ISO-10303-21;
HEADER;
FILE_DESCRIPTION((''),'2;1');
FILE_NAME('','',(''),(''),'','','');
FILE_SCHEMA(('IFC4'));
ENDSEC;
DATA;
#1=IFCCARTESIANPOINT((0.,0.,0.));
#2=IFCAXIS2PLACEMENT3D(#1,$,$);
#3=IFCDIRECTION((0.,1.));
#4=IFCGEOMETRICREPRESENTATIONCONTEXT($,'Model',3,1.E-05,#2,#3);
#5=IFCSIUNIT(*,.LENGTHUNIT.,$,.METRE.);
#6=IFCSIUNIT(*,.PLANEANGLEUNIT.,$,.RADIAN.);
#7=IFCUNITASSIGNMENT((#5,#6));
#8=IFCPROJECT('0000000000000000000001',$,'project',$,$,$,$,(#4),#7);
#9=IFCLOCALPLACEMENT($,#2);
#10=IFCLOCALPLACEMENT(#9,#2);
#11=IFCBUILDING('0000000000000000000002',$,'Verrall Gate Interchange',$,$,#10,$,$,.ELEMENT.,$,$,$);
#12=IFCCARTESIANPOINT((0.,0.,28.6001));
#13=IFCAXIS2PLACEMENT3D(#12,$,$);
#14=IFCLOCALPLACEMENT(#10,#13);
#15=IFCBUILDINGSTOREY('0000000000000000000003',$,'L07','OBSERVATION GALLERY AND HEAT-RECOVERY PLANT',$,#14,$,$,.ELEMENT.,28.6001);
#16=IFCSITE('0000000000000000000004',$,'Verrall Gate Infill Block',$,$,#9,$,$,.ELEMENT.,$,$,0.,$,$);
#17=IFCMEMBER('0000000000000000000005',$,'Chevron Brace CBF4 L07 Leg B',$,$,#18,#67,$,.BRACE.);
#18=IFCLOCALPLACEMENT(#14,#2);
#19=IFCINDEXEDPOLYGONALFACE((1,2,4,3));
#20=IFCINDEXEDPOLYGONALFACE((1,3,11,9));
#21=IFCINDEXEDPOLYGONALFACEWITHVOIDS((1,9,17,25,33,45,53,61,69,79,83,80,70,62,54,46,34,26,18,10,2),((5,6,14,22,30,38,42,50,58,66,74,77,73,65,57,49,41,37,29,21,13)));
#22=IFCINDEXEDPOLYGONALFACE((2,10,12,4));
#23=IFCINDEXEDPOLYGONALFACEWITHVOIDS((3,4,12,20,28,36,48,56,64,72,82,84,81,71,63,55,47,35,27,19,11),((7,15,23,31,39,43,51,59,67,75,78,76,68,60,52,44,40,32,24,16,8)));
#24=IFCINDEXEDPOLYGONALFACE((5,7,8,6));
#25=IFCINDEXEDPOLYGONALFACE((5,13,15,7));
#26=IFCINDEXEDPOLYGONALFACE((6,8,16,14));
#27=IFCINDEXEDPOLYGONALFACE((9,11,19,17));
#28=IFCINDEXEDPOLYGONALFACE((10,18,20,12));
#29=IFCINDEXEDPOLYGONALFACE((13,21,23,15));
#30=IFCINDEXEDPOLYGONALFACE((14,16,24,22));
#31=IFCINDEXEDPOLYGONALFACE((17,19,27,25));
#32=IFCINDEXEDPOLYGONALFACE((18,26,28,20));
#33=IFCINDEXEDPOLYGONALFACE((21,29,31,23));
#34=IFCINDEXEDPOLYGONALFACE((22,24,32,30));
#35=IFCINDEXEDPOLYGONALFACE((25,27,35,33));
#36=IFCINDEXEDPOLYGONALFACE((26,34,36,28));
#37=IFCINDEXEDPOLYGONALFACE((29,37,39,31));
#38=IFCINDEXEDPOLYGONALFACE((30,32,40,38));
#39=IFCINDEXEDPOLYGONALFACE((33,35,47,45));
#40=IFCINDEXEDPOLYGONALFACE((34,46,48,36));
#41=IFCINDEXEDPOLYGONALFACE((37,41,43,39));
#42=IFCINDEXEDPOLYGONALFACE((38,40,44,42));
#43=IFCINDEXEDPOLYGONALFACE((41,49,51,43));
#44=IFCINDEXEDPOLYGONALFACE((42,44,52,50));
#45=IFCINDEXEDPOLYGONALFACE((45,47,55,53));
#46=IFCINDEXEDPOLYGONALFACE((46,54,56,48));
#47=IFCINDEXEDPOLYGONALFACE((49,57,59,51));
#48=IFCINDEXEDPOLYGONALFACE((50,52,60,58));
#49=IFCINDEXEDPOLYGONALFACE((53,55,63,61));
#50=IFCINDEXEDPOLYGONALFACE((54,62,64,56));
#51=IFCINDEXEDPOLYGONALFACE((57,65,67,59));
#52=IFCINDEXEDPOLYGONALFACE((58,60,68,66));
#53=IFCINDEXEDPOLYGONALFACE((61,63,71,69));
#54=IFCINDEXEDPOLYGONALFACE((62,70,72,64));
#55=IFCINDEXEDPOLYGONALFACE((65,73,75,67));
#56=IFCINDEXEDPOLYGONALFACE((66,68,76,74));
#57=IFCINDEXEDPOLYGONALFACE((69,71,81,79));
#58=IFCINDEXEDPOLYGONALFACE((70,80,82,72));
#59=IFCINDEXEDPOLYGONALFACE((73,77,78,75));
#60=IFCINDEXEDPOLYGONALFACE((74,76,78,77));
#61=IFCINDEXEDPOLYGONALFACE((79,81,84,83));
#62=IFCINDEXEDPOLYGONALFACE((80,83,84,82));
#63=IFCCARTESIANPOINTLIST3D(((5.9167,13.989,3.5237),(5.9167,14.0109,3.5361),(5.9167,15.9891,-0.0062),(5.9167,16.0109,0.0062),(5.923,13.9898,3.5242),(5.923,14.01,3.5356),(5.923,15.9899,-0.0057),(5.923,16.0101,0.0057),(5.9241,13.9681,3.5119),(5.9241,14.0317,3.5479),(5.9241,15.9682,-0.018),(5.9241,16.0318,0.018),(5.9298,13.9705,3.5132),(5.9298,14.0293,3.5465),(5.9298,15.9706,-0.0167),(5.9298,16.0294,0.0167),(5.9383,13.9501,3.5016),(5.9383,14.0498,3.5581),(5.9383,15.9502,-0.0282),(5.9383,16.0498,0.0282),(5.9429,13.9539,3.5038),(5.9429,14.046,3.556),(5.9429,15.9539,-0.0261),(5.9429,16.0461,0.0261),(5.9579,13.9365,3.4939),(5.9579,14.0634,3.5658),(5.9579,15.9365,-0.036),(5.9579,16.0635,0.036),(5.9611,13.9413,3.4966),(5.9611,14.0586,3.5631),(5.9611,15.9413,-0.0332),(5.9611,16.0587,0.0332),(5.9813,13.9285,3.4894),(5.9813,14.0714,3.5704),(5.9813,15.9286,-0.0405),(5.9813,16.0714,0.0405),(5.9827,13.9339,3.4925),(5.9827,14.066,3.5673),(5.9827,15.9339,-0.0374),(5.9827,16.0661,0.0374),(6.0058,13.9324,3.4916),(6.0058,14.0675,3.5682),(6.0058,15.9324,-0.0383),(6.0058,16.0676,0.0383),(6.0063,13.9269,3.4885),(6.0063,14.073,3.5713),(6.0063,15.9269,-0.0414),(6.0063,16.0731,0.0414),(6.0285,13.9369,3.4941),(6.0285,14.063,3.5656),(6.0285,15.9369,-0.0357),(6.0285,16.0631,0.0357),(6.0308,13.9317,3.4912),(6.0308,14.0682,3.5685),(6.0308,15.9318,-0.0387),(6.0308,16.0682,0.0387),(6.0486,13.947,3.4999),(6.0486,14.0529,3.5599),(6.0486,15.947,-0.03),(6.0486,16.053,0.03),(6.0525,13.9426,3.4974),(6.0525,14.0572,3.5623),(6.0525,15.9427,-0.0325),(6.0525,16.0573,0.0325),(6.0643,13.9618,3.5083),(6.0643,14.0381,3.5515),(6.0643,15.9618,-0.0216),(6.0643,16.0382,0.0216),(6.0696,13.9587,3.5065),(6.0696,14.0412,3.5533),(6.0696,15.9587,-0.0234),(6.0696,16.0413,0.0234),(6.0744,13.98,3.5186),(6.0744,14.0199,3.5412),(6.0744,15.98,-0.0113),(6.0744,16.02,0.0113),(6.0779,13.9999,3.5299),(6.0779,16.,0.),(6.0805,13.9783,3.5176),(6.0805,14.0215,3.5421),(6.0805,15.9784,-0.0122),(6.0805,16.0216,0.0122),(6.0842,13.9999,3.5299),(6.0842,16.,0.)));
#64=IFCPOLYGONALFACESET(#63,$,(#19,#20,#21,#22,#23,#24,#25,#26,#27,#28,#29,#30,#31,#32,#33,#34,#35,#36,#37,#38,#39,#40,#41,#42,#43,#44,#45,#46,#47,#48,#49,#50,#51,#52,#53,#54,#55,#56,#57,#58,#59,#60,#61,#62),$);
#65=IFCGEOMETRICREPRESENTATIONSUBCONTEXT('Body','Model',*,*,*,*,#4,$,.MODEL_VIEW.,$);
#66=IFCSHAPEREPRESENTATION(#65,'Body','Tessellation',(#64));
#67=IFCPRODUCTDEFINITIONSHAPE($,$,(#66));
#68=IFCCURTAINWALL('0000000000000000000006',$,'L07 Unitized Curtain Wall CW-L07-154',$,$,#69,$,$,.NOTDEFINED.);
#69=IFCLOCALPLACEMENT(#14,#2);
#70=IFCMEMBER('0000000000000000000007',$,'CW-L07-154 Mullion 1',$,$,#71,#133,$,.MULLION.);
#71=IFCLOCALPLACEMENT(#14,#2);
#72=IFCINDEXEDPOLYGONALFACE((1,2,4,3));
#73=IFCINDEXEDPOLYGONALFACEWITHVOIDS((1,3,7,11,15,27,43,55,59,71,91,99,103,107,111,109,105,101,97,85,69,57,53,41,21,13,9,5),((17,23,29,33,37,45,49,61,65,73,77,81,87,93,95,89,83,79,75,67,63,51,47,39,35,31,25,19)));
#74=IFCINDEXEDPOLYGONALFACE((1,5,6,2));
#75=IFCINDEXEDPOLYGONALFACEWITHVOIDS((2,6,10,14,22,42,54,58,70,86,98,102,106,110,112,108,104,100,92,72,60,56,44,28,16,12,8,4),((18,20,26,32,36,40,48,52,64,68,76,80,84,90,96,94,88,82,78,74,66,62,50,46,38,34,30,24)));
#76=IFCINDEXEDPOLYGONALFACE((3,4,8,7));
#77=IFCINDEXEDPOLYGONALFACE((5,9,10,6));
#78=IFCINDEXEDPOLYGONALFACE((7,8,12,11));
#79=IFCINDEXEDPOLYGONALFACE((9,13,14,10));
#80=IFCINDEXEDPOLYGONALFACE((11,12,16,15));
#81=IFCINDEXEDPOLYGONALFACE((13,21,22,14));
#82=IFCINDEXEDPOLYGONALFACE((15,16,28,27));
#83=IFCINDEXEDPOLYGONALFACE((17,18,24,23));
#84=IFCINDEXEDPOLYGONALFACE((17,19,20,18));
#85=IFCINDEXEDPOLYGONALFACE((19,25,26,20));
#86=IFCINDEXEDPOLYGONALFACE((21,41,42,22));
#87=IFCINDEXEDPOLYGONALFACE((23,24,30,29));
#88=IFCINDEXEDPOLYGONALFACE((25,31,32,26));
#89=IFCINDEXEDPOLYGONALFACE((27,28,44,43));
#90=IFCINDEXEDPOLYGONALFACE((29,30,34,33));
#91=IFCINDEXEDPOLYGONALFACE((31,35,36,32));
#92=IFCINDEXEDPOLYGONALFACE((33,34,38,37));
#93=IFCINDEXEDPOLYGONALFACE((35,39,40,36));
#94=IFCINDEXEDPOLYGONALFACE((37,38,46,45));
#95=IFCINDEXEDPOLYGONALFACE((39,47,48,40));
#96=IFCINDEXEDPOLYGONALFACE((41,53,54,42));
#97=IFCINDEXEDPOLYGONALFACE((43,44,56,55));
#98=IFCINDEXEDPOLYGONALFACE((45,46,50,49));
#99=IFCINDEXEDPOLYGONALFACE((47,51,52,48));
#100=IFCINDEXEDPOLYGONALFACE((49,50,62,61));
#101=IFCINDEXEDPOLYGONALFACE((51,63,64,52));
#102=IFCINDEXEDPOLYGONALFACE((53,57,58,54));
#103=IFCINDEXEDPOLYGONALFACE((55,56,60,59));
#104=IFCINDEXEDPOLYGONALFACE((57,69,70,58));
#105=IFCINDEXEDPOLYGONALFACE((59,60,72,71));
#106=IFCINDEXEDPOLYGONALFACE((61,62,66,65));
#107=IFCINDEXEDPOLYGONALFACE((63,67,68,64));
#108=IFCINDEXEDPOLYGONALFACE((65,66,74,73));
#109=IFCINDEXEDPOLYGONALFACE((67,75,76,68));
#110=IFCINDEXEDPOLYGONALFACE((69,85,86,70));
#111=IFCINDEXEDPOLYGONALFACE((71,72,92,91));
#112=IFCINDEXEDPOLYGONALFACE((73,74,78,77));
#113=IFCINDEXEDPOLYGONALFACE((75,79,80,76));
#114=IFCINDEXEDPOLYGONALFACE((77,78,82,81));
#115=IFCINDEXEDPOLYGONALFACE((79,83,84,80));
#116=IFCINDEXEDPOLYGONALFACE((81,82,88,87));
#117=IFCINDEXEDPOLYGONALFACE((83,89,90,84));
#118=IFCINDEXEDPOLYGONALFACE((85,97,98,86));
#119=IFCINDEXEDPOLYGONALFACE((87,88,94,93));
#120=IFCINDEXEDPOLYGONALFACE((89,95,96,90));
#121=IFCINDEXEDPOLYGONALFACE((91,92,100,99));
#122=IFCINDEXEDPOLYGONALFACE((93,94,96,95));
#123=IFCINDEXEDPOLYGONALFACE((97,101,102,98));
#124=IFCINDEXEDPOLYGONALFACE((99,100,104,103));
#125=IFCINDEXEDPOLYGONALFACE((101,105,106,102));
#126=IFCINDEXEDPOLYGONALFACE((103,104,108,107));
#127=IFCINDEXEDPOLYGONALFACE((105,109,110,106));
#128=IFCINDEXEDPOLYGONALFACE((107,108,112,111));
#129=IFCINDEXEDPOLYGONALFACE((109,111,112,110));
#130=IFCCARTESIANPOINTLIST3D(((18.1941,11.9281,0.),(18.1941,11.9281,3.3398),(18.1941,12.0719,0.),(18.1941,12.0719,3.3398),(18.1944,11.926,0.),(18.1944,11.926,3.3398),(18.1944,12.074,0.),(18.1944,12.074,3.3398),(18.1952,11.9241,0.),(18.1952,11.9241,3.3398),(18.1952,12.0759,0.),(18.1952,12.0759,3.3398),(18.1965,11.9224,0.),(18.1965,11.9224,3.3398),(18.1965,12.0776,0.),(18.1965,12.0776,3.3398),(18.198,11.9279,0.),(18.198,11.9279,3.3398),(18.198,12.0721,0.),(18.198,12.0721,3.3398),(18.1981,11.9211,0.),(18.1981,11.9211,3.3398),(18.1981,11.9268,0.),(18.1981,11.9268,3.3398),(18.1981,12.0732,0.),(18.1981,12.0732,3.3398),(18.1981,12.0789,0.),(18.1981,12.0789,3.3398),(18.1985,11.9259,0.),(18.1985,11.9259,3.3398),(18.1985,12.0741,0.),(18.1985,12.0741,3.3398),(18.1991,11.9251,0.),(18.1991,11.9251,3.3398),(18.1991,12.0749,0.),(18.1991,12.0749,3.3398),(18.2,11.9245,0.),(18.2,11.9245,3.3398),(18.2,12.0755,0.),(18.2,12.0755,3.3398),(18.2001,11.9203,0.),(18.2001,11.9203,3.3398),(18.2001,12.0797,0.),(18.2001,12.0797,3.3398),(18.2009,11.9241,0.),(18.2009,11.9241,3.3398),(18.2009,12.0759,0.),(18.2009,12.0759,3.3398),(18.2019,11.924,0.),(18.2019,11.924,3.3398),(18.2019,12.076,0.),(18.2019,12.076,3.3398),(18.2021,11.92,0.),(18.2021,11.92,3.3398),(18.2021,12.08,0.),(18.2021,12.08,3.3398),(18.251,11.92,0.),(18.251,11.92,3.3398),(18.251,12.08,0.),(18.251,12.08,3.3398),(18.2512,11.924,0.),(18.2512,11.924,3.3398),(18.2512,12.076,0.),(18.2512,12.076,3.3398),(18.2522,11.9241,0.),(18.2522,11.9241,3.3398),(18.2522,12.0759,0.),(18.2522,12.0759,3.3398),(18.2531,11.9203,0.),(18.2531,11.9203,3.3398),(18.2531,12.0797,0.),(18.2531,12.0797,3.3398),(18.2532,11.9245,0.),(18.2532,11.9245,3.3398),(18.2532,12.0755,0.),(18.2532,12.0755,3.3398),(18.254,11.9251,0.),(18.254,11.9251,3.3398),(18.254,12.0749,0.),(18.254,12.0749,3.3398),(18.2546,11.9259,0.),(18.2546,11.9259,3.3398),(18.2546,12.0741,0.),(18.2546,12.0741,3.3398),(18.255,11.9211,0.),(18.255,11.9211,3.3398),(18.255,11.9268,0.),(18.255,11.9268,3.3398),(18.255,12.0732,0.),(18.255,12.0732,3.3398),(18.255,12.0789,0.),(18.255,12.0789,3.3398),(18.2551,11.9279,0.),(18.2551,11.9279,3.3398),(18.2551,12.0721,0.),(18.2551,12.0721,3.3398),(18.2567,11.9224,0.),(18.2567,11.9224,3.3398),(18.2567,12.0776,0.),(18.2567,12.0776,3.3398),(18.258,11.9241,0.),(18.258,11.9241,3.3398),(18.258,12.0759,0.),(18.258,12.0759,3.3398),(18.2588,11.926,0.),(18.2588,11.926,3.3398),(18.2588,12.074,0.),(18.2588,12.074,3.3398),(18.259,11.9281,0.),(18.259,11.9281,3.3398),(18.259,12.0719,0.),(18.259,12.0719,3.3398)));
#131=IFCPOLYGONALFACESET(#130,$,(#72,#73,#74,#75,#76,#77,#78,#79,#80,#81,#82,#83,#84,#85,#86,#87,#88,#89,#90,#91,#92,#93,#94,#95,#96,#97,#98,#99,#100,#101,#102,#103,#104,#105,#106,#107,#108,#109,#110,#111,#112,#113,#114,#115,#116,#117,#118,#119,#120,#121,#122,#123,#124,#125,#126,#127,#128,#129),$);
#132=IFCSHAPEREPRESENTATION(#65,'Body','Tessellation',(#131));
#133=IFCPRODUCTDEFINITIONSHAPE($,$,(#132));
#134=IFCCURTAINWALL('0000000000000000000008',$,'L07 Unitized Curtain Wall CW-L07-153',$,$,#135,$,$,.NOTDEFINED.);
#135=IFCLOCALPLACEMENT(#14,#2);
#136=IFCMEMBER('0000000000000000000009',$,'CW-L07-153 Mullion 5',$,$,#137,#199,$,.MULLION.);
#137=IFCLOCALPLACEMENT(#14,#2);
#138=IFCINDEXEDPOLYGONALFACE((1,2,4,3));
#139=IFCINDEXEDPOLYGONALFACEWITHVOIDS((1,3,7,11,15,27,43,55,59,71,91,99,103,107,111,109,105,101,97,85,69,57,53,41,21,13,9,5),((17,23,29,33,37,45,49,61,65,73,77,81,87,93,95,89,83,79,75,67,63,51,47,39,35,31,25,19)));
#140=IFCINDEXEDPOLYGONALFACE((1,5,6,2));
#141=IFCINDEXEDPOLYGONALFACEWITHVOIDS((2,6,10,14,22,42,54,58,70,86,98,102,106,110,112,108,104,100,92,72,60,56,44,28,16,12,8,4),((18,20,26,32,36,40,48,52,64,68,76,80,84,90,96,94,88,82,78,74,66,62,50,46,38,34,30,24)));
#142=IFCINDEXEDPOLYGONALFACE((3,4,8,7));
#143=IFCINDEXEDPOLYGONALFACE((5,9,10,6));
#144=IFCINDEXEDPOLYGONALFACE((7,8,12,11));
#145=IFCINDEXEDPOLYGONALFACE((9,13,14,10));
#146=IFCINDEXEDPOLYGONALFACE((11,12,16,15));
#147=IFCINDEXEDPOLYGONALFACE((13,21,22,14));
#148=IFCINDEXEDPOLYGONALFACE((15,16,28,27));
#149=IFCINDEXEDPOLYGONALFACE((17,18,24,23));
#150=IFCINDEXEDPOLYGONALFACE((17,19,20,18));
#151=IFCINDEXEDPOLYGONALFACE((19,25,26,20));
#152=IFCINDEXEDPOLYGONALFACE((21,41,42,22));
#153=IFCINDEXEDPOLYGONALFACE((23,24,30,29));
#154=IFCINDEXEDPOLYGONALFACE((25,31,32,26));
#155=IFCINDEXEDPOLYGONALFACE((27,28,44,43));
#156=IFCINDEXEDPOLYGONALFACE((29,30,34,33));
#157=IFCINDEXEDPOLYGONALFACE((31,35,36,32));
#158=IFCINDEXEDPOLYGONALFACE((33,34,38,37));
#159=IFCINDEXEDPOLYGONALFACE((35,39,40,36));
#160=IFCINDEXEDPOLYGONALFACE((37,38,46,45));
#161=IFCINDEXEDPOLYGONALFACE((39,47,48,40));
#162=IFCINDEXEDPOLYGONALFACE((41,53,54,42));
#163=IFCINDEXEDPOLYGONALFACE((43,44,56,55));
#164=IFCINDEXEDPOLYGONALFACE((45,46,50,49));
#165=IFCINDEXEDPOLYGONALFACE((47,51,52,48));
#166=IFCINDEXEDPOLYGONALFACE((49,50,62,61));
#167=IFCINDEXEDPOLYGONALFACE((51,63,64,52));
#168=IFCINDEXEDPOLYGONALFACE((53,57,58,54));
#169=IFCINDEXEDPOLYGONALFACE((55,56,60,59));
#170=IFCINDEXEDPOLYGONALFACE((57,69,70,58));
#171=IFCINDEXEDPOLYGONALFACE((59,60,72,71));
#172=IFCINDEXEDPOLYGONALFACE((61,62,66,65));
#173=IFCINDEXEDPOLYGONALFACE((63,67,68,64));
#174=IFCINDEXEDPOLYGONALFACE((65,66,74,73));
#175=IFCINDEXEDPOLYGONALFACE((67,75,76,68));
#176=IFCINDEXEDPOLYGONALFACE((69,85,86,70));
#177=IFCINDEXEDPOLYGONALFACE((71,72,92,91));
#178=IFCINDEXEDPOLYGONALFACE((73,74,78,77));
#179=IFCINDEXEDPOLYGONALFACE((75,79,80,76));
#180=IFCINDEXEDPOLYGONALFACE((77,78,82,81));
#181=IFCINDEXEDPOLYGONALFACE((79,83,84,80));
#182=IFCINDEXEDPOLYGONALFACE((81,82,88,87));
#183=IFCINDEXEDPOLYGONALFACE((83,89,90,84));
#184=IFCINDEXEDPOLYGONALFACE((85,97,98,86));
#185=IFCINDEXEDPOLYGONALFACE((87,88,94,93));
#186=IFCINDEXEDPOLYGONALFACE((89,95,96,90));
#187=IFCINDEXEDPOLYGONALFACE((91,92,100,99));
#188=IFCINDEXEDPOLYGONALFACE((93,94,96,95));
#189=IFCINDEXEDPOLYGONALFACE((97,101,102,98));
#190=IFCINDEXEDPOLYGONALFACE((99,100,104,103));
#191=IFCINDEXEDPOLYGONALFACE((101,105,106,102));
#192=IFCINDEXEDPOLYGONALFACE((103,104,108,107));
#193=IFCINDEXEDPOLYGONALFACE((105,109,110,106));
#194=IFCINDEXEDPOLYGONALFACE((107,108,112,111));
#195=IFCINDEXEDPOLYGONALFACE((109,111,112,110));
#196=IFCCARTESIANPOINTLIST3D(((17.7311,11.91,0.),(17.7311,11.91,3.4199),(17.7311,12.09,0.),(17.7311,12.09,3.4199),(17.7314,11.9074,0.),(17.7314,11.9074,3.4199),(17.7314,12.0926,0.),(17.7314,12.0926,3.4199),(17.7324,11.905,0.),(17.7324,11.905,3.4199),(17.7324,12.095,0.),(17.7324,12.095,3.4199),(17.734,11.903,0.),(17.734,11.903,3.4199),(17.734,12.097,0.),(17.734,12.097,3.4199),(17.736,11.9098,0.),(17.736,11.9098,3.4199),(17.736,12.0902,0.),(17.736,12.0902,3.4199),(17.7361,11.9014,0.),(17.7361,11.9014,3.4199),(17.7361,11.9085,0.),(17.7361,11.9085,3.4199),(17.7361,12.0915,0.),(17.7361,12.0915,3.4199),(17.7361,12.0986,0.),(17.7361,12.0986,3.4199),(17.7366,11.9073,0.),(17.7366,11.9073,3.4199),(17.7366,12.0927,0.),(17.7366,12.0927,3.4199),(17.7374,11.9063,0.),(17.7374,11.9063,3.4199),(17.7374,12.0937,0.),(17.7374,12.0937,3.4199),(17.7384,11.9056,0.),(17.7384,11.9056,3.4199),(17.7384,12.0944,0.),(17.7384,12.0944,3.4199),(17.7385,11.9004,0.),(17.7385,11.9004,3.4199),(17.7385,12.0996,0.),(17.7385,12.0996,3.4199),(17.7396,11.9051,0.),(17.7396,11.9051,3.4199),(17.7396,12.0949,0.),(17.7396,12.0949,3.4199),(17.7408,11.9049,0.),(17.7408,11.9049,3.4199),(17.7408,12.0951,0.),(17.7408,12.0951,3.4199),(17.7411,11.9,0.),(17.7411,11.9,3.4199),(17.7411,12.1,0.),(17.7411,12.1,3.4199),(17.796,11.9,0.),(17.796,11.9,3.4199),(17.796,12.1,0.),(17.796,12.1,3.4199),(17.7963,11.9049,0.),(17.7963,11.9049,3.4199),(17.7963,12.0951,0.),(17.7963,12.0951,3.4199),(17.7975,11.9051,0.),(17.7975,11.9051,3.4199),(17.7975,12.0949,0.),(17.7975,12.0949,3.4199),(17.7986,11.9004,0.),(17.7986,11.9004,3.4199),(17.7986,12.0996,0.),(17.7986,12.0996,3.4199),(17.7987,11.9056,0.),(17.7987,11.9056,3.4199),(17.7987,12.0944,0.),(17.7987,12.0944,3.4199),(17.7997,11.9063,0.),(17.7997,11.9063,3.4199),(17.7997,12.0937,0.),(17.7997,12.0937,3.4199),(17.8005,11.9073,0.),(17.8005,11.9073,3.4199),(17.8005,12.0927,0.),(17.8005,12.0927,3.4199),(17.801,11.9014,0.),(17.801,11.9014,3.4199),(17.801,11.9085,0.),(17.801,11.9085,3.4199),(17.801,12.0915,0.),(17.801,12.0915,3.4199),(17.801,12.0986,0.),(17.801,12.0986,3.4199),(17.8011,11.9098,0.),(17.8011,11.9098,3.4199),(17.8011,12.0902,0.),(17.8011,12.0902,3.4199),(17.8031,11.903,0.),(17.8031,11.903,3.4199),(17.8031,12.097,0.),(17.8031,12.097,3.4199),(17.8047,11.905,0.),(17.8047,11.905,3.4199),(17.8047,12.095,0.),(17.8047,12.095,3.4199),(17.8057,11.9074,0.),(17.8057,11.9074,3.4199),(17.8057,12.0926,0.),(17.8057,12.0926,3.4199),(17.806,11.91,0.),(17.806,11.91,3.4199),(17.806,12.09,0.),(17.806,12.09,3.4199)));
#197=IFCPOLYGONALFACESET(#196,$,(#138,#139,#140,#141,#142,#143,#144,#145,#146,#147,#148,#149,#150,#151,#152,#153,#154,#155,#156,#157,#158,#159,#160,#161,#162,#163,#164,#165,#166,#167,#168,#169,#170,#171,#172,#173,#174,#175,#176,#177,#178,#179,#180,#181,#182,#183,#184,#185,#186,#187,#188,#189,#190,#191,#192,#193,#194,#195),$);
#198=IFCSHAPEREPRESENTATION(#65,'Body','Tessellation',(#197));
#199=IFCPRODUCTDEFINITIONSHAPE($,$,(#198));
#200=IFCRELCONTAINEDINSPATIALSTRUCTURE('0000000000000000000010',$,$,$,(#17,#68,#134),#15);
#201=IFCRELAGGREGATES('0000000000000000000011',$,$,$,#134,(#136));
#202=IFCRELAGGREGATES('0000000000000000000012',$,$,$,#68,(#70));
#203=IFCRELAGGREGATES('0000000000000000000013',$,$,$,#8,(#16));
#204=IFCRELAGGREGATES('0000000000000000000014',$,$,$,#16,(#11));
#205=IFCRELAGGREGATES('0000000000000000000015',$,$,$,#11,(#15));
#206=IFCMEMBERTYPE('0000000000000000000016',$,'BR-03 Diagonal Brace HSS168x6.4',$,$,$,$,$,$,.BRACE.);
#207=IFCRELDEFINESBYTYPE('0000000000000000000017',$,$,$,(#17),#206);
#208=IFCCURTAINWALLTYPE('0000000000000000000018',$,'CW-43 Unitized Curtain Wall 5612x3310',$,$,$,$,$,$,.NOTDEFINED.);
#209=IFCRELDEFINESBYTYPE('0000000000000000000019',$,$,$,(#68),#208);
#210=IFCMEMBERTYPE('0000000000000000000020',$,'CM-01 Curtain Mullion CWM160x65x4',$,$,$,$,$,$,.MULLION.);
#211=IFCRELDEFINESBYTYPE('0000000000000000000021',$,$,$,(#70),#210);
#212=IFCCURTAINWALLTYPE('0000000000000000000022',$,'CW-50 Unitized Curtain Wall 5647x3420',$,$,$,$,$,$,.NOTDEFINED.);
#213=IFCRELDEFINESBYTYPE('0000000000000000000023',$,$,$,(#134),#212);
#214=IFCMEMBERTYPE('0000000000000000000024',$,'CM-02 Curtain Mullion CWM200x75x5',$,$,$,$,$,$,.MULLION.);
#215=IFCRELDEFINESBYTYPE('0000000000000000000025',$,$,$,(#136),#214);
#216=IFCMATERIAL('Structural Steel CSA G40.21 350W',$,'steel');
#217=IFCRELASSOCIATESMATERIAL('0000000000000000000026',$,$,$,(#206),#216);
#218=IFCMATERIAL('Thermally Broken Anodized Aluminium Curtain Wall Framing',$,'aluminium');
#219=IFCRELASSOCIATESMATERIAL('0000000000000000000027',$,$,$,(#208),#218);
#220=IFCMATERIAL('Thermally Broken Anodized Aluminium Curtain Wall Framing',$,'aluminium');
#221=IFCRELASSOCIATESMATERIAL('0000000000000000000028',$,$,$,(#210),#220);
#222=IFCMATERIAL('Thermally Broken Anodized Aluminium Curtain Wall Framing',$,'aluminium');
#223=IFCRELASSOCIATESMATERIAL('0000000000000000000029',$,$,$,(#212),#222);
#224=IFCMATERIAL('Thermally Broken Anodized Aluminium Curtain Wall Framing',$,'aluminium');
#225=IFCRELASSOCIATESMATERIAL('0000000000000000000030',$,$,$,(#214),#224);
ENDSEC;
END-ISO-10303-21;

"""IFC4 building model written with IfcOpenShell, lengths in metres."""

from ifc_helpers import new_model, si_unit, direction, frame, origin, origin_2d, place, context, subcontext, project, spatial, hollow_rectangle, hollow_circle, extrude, material, material_profile, profile_set, type_object, element, aggregate, save


model = new_model("IFC4")

# Units and contexts
model_context = context("Model", 3, precision=1e-05, world=origin(), true_north=direction((0.0, 1.0)))
body_context = subcontext(model_context, "Body", "Model", "MODEL_VIEW")
ifc_project = project(units=[si_unit("LENGTHUNIT", "METRE"), si_unit("PLANEANGLEUNIT", "RADIAN")], contexts=[model_context])

# Site, building, storey
site_placement = place(None, origin())
site = spatial("IfcSite", under=ifc_project, at=site_placement, Name="Verrall Gate Infill Block", CompositionType="ELEMENT", RefElevation=0.0)
building_placement = place(site_placement, origin())
building = spatial("IfcBuilding", under=site, at=building_placement, Name="Verrall Gate Interchange", CompositionType="ELEMENT")
storey_placement = place(building_placement, frame((0.0, 0.0, 28.6001)))
storey = spatial("IfcBuildingStorey", under=building, at=storey_placement, Name="L07", Description="OBSERVATION GALLERY AND HEAT-RECOVERY PLANT", CompositionType="ELEMENT", Elevation=28.6001)

# Member
ifc_material_1 = material(Name="Structural Steel CSA G40.21 350W", Category="steel")
ifc_material_profile_1 = material_profile(ifc_material_1, hollow_circle(Radius=0.0842, WallThickness=0.0063, at=origin_2d()), Name="HSS168x6.4")
ifc_profile_set_1 = profile_set([ifc_material_profile_1], Name="Structural Steel CSA G40.21 350W")
member_type_1 = type_object("IfcMemberType", Name="BR-03 Diagonal Brace HSS168x6.4", PredefinedType="BRACE", material=ifc_profile_set_1)
member_1_placement = place(storey_placement, frame((6.0, 16.0, 0.0), z_axis=(0.0, -0.492973, 0.870045), x_axis=(1.0, 0.0, 0.0)))
element("IfcMember", 1, at=member_1_placement, inside=storey, type_object=member_type_1, Name="Chevron Brace CBF4 L07 Leg B", PredefinedType="BRACE", context=body_context, shape_type="SweptSolid", body=[
    extrude(hollow_circle(Radius=0.0842, WallThickness=0.0063, at=origin_2d()), origin(), (0.0, 0.0, 1.0), 4.0571),
])

# Curtain walls, members
ifc_material_2 = material(Name="Thermally Broken Anodized Aluminium Curtain Wall Framing", Category="aluminium")
curtain_wall_type_1 = type_object("IfcCurtainWallType", Name="CW-43 Unitized Curtain Wall 5612x3310", PredefinedType="NOTDEFINED", material=ifc_material_2)
curtain_wall_1_placement = place(storey_placement, origin())
curtain_wall_1 = element("IfcCurtainWall", 2, at=curtain_wall_1_placement, inside=storey, type_object=curtain_wall_type_1, Name="L07 Unitized Curtain Wall CW-L07-154", PredefinedType="NOTDEFINED")
ifc_material_3 = material(Name="Thermally Broken Anodized Aluminium Curtain Wall Framing", Category="aluminium")
ifc_material_profile_2 = material_profile(ifc_material_3, hollow_rectangle(XDim=0.0649, YDim=0.1599, WallThickness=0.0039, InnerFilletRadius=0.0039, OuterFilletRadius=0.0081, at=origin_2d()), Name="CWM160x65x4")
ifc_profile_set_2 = profile_set([ifc_material_profile_2], Name="Thermally Broken Anodized Aluminium Curtain Wall Framing")
member_type_2 = type_object("IfcMemberType", Name="CM-01 Curtain Mullion CWM160x65x4", PredefinedType="MULLION", material=ifc_profile_set_2)
member_2_placement = place(storey_placement, frame((18.2266, 12.0, 0.0), z_axis=(0.0, 0.0, 1.0), x_axis=(1.0, 0.0, 0.0)))
member_2 = element("IfcMember", 3, at=member_2_placement, type_object=member_type_2, Name="CW-L07-154 Mullion 1", PredefinedType="MULLION", context=body_context, shape_type="SweptSolid", body=[
    extrude(hollow_rectangle(XDim=0.0649, YDim=0.1599, WallThickness=0.0039, InnerFilletRadius=0.0039, OuterFilletRadius=0.0081, at=origin_2d()), origin(), (0.0, 0.0, 1.0), 3.3398),
])
ifc_material_4 = material(Name="Thermally Broken Anodized Aluminium Curtain Wall Framing", Category="aluminium")
curtain_wall_type_2 = type_object("IfcCurtainWallType", Name="CW-50 Unitized Curtain Wall 5647x3420", PredefinedType="NOTDEFINED", material=ifc_material_4)
curtain_wall_2_placement = place(storey_placement, origin())
curtain_wall_2 = element("IfcCurtainWall", 4, at=curtain_wall_2_placement, inside=storey, type_object=curtain_wall_type_2, Name="L07 Unitized Curtain Wall CW-L07-153", PredefinedType="NOTDEFINED")
ifc_material_5 = material(Name="Thermally Broken Anodized Aluminium Curtain Wall Framing", Category="aluminium")
ifc_material_profile_3 = material_profile(ifc_material_5, hollow_rectangle(XDim=0.075, YDim=0.2, WallThickness=0.0049, InnerFilletRadius=0.0049, OuterFilletRadius=0.01, at=origin_2d()), Name="CWM200x75x5")
ifc_profile_set_3 = profile_set([ifc_material_profile_3], Name="Thermally Broken Anodized Aluminium Curtain Wall Framing")
member_type_3 = type_object("IfcMemberType", Name="CM-02 Curtain Mullion CWM200x75x5", PredefinedType="MULLION", material=ifc_profile_set_3)
member_3_placement = place(storey_placement, frame((17.7686, 12.0, 0.0), z_axis=(0.0, 0.0, 1.0), x_axis=(1.0, 0.0, 0.0)))
member_3 = element("IfcMember", 5, at=member_3_placement, type_object=member_type_3, Name="CW-L07-153 Mullion 5", PredefinedType="MULLION", context=body_context, shape_type="SweptSolid", body=[
    extrude(hollow_rectangle(XDim=0.075, YDim=0.2, WallThickness=0.0049, InnerFilletRadius=0.0049, OuterFilletRadius=0.01, at=origin_2d()), origin(), (0.0, 0.0, 1.0), 3.4199),
])
aggregate(curtain_wall_2, [member_3])

aggregate(curtain_wall_1, [member_2])

save(model, "model.ifc")
